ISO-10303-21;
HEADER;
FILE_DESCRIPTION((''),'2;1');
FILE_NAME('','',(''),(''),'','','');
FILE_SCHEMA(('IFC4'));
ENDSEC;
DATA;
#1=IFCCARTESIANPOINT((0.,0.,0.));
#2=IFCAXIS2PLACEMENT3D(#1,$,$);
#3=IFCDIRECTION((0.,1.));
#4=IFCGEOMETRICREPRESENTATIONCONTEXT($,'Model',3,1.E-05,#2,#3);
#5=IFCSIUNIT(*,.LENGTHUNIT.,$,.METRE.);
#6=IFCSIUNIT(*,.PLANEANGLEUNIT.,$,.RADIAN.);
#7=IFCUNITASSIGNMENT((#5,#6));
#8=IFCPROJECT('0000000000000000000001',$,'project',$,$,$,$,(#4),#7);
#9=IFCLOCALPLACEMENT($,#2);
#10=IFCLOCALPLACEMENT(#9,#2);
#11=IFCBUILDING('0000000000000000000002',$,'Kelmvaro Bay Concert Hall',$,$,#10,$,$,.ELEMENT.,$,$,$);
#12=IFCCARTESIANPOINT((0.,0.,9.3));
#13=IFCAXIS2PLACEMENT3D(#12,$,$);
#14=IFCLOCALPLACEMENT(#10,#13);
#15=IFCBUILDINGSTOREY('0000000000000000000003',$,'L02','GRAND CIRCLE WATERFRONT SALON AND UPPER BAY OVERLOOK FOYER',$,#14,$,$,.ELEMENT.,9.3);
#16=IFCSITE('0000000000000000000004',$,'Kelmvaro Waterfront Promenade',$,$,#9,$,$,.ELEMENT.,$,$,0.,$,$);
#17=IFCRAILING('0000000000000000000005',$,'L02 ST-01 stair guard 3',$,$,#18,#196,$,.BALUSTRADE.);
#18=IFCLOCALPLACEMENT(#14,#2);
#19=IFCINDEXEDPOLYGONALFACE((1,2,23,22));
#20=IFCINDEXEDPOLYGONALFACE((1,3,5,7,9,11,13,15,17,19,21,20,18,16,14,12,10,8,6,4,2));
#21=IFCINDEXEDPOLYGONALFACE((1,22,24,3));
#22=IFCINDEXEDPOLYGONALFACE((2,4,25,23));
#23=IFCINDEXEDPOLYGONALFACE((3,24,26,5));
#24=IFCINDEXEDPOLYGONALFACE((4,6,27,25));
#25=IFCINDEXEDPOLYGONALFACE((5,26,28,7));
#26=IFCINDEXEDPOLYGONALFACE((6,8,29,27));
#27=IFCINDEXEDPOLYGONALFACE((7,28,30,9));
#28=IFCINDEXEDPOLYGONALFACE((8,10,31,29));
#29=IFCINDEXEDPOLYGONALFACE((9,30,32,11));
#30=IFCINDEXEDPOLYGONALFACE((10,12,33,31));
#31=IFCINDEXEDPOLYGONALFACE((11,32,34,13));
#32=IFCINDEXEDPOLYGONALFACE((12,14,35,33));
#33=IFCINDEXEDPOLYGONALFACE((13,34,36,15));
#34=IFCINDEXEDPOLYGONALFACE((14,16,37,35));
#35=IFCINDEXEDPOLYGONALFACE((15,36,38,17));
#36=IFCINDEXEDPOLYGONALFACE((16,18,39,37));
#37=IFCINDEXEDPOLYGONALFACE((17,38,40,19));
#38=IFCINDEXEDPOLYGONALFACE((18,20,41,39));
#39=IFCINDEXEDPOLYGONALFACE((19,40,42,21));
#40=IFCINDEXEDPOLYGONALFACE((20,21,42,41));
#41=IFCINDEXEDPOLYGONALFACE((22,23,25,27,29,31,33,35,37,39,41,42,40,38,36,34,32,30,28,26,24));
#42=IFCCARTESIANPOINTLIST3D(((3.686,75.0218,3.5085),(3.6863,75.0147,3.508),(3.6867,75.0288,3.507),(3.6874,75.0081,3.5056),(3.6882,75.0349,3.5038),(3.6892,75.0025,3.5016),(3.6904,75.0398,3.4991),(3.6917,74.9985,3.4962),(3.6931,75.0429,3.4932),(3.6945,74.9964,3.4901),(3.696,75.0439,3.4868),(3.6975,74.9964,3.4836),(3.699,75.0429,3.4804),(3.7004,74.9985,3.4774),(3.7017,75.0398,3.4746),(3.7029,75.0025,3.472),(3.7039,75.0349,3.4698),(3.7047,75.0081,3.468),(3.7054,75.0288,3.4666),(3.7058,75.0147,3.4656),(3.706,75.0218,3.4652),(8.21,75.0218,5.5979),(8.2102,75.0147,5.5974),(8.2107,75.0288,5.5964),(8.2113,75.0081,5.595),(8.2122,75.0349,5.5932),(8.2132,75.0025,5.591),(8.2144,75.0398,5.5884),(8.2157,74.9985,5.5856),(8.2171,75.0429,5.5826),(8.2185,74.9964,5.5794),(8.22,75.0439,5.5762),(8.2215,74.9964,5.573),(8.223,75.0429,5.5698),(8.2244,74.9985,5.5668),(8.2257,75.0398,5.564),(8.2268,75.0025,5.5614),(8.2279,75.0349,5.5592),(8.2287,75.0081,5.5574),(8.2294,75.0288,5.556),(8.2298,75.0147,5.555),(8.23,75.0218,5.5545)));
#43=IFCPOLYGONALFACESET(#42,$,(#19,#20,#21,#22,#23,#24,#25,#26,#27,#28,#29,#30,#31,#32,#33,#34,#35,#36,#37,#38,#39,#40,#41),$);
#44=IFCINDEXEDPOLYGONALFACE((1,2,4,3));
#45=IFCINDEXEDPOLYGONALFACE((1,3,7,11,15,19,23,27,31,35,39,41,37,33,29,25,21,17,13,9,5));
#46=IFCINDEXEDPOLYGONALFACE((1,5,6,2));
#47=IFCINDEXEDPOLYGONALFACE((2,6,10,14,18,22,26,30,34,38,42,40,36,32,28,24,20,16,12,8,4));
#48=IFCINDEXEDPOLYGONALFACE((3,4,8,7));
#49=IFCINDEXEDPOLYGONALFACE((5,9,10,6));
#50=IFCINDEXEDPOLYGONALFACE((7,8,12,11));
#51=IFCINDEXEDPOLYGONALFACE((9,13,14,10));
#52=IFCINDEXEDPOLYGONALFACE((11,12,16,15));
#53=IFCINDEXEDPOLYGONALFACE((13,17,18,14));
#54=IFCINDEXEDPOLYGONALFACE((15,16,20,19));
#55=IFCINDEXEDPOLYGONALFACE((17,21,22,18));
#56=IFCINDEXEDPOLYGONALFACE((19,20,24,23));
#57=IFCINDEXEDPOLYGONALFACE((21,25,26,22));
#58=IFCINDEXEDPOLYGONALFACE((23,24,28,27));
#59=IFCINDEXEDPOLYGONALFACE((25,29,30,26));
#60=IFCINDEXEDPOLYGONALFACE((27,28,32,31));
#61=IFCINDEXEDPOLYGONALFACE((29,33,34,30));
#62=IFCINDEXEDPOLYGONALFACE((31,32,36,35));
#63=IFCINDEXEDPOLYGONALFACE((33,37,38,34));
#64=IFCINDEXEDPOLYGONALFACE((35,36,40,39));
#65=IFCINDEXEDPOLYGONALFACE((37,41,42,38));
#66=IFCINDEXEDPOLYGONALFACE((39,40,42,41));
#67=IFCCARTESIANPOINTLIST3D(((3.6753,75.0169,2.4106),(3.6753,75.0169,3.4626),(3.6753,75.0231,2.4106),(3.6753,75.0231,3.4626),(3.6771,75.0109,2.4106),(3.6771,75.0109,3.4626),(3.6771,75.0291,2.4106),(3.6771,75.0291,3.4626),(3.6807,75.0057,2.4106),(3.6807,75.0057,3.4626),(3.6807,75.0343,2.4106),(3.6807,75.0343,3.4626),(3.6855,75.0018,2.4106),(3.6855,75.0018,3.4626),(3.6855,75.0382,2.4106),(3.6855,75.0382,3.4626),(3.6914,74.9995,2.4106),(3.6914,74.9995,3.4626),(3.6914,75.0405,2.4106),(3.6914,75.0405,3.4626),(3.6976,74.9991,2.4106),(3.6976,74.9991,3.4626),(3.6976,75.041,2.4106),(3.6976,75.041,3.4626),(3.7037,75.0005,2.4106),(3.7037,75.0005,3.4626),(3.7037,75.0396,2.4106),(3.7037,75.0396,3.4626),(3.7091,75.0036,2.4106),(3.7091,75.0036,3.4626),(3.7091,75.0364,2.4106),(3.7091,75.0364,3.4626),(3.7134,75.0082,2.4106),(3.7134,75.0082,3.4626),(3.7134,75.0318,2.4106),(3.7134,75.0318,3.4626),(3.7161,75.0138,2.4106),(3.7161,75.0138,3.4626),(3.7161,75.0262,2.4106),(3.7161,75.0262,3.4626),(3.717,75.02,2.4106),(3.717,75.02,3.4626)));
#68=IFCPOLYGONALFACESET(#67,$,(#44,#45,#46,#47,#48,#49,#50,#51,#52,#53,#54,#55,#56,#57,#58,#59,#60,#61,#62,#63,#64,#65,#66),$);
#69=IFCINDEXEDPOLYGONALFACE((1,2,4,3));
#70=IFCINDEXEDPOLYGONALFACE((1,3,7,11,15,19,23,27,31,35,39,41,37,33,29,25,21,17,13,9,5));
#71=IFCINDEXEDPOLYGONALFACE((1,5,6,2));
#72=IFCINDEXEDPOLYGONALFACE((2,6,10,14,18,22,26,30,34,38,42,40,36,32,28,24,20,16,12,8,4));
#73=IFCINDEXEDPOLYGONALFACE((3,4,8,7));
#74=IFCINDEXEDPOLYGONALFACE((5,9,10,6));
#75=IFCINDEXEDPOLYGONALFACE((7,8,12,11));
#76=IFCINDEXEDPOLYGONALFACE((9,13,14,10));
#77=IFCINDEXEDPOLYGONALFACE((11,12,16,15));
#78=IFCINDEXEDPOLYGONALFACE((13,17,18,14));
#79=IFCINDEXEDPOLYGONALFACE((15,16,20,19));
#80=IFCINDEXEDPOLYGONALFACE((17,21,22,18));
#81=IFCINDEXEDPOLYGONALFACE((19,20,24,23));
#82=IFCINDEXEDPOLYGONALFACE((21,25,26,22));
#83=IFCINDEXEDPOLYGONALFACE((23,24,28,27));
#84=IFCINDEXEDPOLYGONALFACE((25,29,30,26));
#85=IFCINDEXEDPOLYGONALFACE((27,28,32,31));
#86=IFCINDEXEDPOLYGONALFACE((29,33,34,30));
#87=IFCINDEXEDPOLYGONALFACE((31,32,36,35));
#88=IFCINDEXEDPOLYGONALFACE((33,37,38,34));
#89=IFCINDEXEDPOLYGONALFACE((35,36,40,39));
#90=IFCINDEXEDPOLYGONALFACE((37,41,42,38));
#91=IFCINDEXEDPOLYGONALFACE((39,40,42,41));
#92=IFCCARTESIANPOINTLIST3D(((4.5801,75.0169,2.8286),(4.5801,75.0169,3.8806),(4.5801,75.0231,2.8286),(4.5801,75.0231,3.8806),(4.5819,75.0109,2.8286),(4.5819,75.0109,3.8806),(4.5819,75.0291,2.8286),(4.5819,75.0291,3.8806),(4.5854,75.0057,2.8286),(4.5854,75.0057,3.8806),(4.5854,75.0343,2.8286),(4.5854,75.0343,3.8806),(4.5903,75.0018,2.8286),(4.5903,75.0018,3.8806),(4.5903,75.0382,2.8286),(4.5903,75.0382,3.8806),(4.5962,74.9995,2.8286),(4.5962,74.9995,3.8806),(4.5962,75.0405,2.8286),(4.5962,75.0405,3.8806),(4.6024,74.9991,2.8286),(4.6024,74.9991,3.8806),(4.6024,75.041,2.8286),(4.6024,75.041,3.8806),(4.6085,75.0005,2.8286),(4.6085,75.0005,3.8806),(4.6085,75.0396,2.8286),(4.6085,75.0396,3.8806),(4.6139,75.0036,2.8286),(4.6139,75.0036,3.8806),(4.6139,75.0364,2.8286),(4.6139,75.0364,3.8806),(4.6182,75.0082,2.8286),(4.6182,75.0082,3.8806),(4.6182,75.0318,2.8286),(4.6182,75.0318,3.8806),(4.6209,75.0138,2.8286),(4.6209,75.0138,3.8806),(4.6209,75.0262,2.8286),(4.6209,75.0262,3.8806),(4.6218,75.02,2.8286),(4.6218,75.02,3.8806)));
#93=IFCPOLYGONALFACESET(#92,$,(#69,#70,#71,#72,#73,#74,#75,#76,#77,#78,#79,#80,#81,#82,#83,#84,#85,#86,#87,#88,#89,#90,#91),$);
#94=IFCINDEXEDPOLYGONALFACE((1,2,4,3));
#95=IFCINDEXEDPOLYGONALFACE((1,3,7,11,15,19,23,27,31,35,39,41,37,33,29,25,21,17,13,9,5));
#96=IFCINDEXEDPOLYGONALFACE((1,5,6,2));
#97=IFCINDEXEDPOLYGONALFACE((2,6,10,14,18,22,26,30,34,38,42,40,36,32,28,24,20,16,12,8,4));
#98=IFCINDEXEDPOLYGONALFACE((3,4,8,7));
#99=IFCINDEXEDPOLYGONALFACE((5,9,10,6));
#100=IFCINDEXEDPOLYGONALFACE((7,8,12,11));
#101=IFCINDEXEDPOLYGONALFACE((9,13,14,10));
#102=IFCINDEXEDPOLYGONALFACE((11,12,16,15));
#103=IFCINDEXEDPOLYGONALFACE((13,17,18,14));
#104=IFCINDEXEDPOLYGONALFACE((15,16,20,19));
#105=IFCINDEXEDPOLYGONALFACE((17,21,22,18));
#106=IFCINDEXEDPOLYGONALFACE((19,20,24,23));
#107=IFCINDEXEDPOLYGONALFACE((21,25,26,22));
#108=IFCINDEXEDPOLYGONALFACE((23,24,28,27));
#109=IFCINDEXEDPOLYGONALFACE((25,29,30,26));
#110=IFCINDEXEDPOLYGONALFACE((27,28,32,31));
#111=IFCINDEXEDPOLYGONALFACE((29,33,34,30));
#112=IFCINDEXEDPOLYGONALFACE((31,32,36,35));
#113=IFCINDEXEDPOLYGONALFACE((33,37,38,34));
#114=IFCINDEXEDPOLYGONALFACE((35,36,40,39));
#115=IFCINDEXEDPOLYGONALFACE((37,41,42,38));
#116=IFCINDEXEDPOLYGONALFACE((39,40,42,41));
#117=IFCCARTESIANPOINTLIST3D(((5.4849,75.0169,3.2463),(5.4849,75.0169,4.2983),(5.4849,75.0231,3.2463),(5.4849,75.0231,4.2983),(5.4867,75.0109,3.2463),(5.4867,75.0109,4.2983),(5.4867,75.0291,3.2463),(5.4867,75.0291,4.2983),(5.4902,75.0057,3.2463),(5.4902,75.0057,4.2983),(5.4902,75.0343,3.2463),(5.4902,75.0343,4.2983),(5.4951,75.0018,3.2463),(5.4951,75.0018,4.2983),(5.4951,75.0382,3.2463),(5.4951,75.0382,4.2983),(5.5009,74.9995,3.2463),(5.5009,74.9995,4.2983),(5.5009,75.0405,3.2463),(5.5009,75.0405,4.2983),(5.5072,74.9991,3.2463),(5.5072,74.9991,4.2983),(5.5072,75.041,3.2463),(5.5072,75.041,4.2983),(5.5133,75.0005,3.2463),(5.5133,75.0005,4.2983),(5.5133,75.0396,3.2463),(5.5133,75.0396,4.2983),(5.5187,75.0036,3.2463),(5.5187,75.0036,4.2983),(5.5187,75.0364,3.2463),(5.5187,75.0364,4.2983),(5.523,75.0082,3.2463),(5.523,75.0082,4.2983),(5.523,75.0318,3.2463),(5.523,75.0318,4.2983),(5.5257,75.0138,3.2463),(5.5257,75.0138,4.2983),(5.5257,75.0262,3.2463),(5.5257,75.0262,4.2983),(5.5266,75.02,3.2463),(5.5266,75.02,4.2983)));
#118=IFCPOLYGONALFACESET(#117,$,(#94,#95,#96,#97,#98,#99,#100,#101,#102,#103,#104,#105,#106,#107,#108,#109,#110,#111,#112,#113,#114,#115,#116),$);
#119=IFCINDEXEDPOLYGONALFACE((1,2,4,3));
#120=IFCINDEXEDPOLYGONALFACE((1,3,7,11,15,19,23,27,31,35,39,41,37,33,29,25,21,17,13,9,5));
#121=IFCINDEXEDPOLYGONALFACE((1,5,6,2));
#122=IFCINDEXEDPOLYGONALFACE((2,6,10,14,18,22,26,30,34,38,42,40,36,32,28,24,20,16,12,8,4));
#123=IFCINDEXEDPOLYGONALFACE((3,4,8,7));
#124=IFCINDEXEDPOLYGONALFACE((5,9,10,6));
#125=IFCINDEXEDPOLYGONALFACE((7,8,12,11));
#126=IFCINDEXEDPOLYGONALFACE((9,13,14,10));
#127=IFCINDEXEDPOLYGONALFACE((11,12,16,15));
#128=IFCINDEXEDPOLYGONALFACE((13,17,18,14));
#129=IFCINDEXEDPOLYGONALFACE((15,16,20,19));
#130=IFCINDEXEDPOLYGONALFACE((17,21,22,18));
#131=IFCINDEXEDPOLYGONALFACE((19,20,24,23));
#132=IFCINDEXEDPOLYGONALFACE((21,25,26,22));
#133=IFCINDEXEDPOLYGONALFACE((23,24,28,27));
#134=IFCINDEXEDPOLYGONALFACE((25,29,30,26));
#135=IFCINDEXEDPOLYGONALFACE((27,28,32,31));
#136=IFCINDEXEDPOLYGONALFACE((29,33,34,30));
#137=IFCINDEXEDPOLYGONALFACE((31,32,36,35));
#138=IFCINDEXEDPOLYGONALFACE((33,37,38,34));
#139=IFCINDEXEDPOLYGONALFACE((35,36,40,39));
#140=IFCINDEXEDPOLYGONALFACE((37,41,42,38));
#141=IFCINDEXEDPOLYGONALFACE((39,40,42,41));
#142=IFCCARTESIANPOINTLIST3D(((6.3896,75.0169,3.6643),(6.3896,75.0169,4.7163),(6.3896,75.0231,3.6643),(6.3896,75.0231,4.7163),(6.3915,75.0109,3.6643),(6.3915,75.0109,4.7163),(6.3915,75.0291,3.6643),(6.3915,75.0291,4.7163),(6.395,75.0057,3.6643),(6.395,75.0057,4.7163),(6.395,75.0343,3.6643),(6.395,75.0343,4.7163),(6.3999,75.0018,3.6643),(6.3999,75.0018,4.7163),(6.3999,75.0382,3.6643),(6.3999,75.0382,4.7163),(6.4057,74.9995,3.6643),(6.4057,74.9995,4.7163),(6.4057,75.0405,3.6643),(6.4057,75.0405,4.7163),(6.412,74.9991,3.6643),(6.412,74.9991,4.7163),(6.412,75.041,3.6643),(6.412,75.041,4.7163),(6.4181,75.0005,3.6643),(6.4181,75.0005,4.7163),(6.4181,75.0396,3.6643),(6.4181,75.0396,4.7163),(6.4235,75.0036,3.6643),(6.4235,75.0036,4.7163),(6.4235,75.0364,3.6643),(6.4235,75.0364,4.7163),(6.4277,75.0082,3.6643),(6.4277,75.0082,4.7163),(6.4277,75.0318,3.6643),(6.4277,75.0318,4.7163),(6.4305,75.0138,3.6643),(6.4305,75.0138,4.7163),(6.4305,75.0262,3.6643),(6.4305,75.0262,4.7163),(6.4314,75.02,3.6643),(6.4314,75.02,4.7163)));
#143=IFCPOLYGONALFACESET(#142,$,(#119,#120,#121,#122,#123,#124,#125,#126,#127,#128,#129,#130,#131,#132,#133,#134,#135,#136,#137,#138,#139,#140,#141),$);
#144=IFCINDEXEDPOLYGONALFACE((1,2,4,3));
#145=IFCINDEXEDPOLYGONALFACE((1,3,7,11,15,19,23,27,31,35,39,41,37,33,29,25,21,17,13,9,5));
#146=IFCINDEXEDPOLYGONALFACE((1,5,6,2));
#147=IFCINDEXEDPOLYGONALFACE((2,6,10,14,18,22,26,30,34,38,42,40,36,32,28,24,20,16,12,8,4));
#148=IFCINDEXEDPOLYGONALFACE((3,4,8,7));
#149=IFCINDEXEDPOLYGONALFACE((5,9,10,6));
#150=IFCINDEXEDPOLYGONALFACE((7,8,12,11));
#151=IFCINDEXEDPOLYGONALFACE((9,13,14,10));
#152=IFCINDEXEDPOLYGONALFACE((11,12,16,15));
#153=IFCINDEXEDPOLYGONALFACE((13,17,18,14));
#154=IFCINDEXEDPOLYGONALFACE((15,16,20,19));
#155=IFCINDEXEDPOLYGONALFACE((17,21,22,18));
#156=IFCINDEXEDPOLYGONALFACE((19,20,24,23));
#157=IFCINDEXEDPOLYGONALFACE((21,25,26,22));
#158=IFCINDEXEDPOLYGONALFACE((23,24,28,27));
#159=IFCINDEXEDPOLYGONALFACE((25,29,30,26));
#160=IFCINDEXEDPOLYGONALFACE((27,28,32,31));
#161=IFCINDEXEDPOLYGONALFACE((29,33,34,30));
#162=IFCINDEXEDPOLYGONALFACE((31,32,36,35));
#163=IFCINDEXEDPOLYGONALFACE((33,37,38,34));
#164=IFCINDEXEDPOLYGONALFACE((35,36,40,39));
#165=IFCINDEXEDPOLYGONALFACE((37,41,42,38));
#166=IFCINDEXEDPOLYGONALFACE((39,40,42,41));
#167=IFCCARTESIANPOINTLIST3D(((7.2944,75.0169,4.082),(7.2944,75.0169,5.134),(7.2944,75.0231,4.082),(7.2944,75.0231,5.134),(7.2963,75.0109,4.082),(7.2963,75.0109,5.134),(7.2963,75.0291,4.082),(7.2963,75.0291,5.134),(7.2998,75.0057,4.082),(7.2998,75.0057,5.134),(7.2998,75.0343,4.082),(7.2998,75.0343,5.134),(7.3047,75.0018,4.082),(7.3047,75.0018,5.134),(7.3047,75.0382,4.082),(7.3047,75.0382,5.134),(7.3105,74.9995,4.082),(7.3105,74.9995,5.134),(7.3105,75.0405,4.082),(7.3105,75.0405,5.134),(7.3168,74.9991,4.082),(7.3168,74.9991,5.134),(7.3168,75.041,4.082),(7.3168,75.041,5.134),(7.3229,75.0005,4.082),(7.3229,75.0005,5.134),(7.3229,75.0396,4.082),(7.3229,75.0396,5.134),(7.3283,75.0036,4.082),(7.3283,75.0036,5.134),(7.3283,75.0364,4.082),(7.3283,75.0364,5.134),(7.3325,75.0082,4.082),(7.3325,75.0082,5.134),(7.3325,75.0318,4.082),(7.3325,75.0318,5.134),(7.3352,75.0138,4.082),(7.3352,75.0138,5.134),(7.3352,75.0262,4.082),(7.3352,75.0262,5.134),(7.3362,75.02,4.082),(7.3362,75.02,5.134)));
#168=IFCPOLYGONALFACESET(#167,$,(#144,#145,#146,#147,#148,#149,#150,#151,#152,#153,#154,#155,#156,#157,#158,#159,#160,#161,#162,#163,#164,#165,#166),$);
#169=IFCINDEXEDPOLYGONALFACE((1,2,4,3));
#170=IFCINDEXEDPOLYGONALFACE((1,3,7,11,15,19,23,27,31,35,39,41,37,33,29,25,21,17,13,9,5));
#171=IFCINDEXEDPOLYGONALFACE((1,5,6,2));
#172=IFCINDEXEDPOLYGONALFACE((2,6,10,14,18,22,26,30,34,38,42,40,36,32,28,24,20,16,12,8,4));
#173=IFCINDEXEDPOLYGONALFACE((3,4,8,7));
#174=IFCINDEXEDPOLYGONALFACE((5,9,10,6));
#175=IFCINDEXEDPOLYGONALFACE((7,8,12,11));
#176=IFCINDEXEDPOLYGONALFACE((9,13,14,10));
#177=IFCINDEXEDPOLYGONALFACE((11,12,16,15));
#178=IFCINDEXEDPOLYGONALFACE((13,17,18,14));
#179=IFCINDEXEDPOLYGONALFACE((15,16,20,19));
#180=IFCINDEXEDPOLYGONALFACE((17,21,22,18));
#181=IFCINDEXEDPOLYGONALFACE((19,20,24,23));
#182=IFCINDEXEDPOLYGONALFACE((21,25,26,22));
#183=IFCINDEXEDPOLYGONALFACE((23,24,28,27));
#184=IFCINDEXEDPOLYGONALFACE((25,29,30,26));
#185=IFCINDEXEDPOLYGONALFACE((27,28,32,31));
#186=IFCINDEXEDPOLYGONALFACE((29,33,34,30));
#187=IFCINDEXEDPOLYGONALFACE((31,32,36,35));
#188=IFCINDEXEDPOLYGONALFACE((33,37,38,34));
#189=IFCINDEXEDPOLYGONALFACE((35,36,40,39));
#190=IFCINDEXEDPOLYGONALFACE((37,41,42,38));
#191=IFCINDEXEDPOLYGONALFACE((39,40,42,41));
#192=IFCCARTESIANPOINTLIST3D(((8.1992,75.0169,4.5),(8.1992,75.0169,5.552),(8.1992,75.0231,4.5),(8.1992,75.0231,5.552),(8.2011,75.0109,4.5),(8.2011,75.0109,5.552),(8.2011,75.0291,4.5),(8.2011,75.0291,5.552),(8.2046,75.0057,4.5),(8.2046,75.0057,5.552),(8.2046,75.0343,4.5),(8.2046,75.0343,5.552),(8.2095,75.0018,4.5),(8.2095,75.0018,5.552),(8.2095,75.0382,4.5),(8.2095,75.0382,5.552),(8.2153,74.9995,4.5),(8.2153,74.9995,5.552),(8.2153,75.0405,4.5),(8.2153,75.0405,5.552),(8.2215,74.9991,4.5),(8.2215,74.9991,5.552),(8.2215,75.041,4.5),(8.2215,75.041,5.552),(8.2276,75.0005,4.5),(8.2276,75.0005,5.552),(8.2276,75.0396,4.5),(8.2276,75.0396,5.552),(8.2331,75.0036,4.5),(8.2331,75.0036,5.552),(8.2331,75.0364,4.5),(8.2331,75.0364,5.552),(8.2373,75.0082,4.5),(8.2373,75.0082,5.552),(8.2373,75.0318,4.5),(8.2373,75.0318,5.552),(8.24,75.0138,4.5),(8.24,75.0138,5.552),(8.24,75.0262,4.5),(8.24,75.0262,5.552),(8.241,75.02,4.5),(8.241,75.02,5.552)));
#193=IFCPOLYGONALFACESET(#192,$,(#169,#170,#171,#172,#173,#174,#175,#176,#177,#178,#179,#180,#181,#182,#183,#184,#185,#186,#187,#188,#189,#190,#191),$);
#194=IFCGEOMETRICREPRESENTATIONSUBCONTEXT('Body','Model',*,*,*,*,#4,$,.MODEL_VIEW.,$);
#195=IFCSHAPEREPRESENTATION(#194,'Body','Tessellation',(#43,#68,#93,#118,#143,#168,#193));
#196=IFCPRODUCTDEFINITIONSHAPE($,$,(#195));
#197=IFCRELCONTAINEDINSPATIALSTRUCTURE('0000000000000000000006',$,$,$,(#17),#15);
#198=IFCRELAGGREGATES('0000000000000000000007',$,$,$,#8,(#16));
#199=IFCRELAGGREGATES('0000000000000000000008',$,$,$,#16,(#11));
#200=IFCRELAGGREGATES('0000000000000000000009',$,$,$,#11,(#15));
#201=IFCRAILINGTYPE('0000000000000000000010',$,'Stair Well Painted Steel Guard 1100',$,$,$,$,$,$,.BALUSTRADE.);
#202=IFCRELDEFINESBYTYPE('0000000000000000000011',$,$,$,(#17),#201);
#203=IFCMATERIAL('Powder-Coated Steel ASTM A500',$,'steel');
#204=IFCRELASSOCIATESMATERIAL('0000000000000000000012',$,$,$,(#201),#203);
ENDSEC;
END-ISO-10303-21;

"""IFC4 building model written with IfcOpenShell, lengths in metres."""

from ifc_helpers import new_model, si_unit, direction, frame, origin, origin_2d, place, context, subcontext, project, spatial, circle, extrude, material, type_object, element, save


model = new_model("IFC4")

# Units and contexts
model_context = context("Model", 3, precision=1e-05, world=origin(), true_north=direction((0.0, 1.0)))
body_context = subcontext(model_context, "Body", "Model", "MODEL_VIEW")
ifc_project = project(units=[si_unit("LENGTHUNIT", "METRE"), si_unit("PLANEANGLEUNIT", "RADIAN")], contexts=[model_context])

# Site, building, storey
site_placement = place(None, origin())
site = spatial("IfcSite", under=ifc_project, at=site_placement, Name="Kelmvaro Waterfront Promenade", CompositionType="ELEMENT", RefElevation=0.0)
building_placement = place(site_placement, origin())
building = spatial("IfcBuilding", under=site, at=building_placement, Name="Kelmvaro Bay Concert Hall", CompositionType="ELEMENT")
storey_placement = place(building_placement, frame((0.0, 0.0, 9.3)))
storey = spatial("IfcBuildingStorey", under=building, at=storey_placement, Name="L02", Description="GRAND CIRCLE WATERFRONT SALON AND UPPER BAY OVERLOOK FOYER", CompositionType="ELEMENT", Elevation=9.3)

# Railing
ifc_material_1 = material(Name="Powder-Coated Steel ASTM A500", Category="steel")
railing_type_1 = type_object("IfcRailingType", Name="Stair Well Painted Steel Guard 1100", PredefinedType="BALUSTRADE", material=ifc_material_1)
railing_1_placement = place(storey_placement, frame((3.696, 75.02, 2.4106)))
element("IfcRailing", 1, at=railing_1_placement, inside=storey, type_object=railing_type_1, Name="L02 ST-01 stair guard 3", PredefinedType="BALUSTRADE", context=body_context, shape_type="SweptSolid", body=[
    extrude(circle(Radius=0.0239, at=origin_2d()), frame((0.0, 0.0, 1.0762), z_axis=(0.907853, 0.0, 0.419288), x_axis=(0.0, 1.0, 0.0)), (0.0, 0.0, 1.0), 4.9832),
    extrude(circle(Radius=0.021, at=origin_2d()), origin(), (0.0, 0.0, 1.0), 1.052),
    extrude(circle(Radius=0.021, at=origin_2d()), frame((0.9048, 0.0, 0.418)), (0.0, 0.0, 1.0), 1.052),
    extrude(circle(Radius=0.021, at=origin_2d()), frame((1.8096, 0.0, 0.8357)), (0.0, 0.0, 1.0), 1.052),
    extrude(circle(Radius=0.021, at=origin_2d()), frame((2.7144, 0.0, 1.2537)), (0.0, 0.0, 1.0), 1.052),
    extrude(circle(Radius=0.021, at=origin_2d()), frame((3.6191, 0.0, 1.6714)), (0.0, 0.0, 1.0), 1.052),
    extrude(circle(Radius=0.021, at=origin_2d()), frame((4.5239, 0.0, 2.0894)), (0.0, 0.0, 1.0), 1.052),
])

save(model, "model.ifc")
